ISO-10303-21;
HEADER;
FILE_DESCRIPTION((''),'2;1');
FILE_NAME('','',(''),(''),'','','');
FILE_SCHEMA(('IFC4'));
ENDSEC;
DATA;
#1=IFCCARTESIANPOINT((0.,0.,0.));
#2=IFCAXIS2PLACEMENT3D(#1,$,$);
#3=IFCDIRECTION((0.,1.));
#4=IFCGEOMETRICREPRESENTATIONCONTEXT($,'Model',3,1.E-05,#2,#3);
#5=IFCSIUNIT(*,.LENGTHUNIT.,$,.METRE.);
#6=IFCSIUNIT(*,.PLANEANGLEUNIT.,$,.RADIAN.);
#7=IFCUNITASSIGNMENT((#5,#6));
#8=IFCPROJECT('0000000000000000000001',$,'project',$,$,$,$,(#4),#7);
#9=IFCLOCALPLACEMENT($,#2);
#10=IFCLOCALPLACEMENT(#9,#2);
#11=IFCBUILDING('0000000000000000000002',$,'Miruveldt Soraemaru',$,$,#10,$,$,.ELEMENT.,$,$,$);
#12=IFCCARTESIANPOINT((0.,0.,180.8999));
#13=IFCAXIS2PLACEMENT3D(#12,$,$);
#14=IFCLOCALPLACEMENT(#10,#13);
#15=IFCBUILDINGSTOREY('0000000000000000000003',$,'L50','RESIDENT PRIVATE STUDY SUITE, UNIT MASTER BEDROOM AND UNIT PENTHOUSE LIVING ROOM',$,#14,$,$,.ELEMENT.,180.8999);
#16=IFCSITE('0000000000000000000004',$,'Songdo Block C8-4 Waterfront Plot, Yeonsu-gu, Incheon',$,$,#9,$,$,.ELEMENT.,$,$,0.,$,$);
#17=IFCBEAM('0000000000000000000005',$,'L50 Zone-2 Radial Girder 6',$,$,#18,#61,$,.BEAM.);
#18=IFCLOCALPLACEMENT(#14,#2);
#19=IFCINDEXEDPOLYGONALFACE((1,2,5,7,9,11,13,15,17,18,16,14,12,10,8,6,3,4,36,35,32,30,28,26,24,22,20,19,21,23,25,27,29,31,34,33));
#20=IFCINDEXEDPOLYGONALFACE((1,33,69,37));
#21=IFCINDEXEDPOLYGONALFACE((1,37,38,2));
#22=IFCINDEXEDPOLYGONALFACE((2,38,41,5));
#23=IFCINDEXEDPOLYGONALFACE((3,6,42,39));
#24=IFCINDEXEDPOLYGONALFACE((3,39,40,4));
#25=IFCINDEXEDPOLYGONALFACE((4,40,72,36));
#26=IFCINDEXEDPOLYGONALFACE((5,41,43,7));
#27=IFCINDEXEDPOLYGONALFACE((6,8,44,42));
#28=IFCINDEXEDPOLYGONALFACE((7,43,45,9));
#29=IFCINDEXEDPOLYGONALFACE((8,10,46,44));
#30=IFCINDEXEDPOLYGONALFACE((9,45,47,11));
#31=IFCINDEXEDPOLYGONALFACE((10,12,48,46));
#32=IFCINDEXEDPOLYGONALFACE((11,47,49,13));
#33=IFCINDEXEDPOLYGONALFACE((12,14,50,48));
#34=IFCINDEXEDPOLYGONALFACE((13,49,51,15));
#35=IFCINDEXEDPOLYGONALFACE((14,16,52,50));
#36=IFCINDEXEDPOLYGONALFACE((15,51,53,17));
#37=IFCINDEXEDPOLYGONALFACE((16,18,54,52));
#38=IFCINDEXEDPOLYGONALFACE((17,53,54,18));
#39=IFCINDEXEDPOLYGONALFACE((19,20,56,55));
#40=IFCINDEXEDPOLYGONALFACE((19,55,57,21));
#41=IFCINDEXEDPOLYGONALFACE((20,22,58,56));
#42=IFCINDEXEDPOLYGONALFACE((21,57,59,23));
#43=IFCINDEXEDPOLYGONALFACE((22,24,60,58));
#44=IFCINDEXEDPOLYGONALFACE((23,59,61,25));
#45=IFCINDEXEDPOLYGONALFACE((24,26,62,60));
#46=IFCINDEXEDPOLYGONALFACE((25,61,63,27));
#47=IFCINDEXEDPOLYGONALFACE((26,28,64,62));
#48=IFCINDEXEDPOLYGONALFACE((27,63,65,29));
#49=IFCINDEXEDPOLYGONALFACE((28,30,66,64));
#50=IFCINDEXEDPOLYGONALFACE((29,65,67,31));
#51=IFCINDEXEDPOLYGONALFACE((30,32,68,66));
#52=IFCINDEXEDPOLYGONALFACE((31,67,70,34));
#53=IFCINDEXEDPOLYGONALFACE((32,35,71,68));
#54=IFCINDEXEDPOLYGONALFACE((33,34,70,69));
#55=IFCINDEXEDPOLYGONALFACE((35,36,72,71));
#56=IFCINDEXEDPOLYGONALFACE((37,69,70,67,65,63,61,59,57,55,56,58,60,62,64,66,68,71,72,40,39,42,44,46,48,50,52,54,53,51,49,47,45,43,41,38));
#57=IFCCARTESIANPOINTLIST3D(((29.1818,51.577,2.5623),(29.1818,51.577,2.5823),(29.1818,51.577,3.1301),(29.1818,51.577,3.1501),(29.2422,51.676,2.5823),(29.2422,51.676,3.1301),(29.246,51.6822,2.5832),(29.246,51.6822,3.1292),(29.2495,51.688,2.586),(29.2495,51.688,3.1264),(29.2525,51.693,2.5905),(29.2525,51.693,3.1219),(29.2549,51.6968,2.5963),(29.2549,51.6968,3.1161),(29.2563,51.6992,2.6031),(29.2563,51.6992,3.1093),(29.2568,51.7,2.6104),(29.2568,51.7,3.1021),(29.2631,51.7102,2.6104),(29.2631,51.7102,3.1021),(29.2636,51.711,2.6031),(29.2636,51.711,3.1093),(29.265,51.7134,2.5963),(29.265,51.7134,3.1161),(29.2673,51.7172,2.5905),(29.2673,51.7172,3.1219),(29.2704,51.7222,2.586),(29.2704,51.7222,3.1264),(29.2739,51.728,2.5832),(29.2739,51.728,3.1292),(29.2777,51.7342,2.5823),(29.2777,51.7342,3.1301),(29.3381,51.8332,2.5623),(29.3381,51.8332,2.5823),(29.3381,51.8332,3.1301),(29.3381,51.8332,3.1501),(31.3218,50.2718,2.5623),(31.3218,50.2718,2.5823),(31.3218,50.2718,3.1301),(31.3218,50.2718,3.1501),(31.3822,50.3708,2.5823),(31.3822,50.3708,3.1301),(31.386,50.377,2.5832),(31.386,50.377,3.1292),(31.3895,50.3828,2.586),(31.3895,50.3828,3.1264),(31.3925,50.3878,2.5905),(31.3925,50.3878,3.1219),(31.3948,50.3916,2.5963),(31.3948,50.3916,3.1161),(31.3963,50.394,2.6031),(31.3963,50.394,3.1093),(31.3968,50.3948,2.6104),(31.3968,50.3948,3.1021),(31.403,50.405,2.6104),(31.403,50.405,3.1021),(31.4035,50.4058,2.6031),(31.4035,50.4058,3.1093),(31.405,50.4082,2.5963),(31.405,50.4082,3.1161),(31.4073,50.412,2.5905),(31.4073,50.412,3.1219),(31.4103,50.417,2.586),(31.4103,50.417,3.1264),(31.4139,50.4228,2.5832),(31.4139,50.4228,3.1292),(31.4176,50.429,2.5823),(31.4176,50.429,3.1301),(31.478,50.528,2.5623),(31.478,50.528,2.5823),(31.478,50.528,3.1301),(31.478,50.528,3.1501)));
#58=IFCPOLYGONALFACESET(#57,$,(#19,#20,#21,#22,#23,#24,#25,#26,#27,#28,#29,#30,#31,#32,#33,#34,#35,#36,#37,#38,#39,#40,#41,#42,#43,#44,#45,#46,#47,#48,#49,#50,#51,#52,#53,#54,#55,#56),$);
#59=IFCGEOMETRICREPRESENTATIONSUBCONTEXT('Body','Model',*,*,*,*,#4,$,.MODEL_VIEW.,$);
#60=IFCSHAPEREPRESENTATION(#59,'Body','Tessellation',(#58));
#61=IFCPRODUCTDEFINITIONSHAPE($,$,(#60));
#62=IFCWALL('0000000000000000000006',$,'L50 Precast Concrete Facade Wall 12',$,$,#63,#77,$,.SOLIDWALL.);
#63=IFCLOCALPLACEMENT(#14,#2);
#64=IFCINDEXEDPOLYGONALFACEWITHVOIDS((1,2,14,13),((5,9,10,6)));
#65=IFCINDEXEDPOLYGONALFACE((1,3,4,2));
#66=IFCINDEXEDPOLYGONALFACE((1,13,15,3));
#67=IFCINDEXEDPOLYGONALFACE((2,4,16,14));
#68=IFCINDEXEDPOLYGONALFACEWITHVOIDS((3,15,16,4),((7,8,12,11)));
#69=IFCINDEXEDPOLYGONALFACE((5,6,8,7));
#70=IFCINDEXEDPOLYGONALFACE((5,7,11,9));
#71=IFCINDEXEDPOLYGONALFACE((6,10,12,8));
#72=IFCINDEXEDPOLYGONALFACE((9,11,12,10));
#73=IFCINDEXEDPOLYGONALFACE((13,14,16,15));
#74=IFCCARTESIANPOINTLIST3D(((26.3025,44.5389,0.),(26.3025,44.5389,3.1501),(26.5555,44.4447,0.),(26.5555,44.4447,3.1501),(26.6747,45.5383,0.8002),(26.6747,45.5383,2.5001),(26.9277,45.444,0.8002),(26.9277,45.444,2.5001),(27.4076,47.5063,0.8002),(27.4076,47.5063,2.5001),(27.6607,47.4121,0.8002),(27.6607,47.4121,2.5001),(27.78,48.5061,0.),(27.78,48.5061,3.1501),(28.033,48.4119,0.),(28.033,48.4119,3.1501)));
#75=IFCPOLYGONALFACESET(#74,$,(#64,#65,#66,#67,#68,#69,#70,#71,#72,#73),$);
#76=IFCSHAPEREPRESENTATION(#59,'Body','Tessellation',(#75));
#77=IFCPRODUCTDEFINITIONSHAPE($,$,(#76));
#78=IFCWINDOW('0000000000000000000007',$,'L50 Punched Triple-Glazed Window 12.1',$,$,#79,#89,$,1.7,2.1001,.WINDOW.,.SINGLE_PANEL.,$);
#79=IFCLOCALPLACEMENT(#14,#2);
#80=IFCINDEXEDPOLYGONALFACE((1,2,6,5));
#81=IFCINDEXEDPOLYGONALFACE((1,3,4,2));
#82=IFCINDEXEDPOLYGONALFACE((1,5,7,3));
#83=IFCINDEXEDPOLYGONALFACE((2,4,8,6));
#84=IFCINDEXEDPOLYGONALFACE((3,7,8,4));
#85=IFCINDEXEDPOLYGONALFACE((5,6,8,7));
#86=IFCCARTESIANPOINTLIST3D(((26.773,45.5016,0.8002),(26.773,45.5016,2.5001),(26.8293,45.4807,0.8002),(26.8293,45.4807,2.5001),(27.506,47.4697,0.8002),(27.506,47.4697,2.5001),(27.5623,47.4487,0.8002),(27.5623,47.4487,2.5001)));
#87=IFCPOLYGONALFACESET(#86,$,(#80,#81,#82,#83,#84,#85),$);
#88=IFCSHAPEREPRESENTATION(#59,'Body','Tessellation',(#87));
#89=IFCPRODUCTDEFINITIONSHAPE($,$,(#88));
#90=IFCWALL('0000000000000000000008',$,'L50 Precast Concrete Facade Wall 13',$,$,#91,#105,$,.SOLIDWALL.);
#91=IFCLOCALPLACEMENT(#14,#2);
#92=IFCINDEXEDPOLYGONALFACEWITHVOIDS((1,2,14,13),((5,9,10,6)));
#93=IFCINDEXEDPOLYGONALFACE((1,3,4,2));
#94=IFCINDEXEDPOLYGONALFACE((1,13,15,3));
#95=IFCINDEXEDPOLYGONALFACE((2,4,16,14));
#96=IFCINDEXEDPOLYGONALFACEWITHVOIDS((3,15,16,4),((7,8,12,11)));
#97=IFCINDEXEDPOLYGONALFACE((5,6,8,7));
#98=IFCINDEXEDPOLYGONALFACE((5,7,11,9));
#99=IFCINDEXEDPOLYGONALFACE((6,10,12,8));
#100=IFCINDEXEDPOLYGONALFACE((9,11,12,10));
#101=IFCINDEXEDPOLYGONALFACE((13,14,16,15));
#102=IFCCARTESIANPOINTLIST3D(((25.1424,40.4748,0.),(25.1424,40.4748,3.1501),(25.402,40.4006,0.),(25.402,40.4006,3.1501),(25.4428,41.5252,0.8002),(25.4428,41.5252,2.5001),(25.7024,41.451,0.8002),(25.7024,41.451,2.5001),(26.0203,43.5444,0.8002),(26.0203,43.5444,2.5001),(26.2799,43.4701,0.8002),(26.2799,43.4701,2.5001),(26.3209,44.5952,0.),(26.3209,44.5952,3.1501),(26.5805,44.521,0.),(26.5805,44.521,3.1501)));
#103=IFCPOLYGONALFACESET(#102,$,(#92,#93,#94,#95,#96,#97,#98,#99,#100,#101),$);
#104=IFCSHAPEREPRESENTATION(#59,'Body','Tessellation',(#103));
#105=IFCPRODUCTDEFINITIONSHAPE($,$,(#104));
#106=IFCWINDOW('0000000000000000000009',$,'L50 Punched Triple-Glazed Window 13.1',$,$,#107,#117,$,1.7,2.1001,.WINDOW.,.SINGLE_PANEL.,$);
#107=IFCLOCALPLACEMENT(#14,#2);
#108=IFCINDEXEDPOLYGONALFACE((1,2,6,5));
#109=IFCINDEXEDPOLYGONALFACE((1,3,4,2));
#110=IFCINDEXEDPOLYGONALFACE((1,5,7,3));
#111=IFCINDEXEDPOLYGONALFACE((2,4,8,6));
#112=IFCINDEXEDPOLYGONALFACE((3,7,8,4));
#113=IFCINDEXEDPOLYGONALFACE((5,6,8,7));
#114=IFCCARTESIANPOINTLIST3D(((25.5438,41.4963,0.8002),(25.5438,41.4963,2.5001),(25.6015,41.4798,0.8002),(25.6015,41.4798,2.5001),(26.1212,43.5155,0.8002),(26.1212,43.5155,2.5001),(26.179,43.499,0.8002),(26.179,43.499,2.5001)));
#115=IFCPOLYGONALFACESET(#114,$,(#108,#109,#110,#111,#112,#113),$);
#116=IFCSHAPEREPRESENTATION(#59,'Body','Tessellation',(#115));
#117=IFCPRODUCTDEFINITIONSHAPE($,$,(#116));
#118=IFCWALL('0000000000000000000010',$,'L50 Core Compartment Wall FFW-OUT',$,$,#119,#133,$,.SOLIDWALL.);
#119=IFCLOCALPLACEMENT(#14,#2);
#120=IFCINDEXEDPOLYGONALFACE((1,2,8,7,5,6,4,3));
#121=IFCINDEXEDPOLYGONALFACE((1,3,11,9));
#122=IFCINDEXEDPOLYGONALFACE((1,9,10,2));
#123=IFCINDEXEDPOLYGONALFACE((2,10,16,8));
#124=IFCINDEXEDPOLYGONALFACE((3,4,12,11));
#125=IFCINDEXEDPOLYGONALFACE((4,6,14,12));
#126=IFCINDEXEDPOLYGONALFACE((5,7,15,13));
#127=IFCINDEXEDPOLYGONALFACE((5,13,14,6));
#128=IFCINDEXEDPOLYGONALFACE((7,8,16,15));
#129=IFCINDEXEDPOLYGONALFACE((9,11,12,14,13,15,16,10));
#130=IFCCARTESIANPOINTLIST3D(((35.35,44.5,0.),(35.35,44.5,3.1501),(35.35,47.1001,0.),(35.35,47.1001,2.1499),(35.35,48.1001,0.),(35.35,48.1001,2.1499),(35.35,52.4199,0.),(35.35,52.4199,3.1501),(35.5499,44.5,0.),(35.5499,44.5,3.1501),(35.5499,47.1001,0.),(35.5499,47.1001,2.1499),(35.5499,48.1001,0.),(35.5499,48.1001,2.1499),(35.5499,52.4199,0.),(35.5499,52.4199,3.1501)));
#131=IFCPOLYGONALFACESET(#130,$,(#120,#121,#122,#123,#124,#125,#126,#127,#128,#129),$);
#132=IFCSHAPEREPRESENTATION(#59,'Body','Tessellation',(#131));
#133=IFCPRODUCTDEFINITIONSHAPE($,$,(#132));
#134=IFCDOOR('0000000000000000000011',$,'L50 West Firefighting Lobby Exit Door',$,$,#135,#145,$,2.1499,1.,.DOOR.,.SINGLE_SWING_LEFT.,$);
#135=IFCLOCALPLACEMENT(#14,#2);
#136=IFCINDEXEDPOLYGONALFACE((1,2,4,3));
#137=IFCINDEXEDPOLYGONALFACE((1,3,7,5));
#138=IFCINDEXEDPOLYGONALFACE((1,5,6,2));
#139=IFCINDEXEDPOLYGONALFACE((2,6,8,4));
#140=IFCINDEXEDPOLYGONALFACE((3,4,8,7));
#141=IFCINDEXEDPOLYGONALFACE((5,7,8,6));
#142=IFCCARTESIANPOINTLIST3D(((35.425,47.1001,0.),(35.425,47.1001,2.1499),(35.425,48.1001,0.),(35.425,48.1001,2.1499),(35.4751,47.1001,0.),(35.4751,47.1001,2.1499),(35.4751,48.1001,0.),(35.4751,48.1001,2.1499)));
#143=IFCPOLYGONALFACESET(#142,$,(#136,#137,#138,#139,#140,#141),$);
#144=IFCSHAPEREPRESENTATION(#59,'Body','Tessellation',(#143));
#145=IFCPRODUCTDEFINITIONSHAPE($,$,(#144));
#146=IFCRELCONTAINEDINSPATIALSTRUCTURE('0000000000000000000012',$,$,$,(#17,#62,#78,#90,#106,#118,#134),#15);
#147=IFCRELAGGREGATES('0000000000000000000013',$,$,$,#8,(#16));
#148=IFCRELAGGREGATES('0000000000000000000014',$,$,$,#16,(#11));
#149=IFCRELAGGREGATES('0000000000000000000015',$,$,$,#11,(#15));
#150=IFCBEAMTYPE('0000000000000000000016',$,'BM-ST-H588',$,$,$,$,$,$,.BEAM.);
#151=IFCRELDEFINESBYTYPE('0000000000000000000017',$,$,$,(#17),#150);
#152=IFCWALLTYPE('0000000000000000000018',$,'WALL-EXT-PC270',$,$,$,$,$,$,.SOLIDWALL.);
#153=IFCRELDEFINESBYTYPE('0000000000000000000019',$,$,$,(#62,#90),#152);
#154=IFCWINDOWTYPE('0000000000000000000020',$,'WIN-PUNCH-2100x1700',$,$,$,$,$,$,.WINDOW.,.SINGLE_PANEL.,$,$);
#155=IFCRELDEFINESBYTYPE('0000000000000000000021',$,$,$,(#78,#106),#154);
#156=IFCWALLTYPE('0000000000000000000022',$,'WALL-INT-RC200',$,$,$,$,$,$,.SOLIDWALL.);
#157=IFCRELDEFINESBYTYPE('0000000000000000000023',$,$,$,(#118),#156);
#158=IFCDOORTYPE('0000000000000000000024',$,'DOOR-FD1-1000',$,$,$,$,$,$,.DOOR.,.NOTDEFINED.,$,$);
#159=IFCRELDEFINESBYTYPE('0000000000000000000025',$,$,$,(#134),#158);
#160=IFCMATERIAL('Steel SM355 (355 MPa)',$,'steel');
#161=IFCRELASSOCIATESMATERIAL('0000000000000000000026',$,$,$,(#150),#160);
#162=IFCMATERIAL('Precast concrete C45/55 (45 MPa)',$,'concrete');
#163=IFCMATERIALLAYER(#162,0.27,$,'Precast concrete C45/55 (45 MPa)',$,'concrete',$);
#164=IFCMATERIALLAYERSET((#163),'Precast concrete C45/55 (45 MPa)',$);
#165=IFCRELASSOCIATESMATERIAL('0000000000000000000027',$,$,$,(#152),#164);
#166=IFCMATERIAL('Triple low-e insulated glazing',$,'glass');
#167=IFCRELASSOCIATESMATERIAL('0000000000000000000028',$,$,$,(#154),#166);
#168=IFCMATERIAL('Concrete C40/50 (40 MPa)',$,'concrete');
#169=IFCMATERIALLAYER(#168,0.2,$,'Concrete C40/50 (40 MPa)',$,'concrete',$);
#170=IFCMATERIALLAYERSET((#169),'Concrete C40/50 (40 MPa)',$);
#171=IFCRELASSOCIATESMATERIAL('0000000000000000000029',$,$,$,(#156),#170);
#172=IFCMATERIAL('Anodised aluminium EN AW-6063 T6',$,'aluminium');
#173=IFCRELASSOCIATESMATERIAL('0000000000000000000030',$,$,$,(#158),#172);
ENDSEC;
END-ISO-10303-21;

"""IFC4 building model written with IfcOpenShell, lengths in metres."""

from ifc_helpers import new_model, si_unit, direction, frame, frame_2d, origin, origin_2d, place, context, subcontext, project, spatial, rectangle, i_section, extrude, material, layer, layer_set, material_profile, profile_set, type_object, element, fill, save


model = new_model("IFC4")

# Units and contexts
model_context = context("Model", 3, precision=1e-05, world=origin(), true_north=direction((0.0, 1.0)))
body_context = subcontext(model_context, "Body", "Model", "MODEL_VIEW")
ifc_project = project(units=[si_unit("LENGTHUNIT", "METRE"), si_unit("PLANEANGLEUNIT", "RADIAN")], contexts=[model_context])

# Site, building, storey
site_placement = place(None, origin())
site = spatial("IfcSite", under=ifc_project, at=site_placement, Name="Songdo Block C8-4 Waterfront Plot, Yeonsu-gu, Incheon", CompositionType="ELEMENT", RefElevation=0.0)
building_placement = place(site_placement, origin())
building = spatial("IfcBuilding", under=site, at=building_placement, Name="Miruveldt Soraemaru", CompositionType="ELEMENT")
storey_placement = place(building_placement, frame((0.0, 0.0, 180.8999)))
storey = spatial("IfcBuildingStorey", under=building, at=storey_placement, Name="L50", Description="RESIDENT PRIVATE STUDY SUITE, UNIT MASTER BEDROOM AND UNIT PENTHOUSE LIVING ROOM", CompositionType="ELEMENT", Elevation=180.8999)

# Beam
ifc_material_1 = material(Name="Steel SM355 (355 MPa)", Category="steel")
ifc_material_profile_1 = material_profile(ifc_material_1, i_section(OverallWidth=0.3, OverallDepth=0.5879, WebThickness=0.012, FlangeThickness=0.02, FilletRadius=0.0281, at=origin_2d()), Name="Steel SM355 (355 MPa)", Category="steel")
ifc_profile_set_1 = profile_set([ifc_material_profile_1], Name="Steel SM355 (355 MPa)")
beam_type_1 = type_object("IfcBeamType", Name="BM-ST-H588", PredefinedType="BEAM", material=ifc_profile_set_1)
beam_1_placement = place(storey_placement, frame((31.3999, 50.3999, 2.8562), z_axis=(-0.853732, 0.520713, 0.0), x_axis=(-0.520713, -0.853732, 0.0)))
element("IfcBeam", 1, at=beam_1_placement, inside=storey, type_object=beam_type_1, Name="L50 Zone-2 Radial Girder 6", PredefinedType="BEAM", context=body_context, shape_type="SweptSolid", body=[
    extrude(i_section(OverallWidth=0.3, OverallDepth=0.5879, WebThickness=0.012, FlangeThickness=0.02, FilletRadius=0.0281, at=origin_2d()), origin(), (0.0, 0.0, 1.0), 2.5066),
])

# Walls, openings, windows
ifc_material_2 = material(Name="Precast concrete C45/55 (45 MPa)", Category="concrete")
ifc_layer_1 = layer(ifc_material_2, 0.27, Name="Precast concrete C45/55 (45 MPa)", Category="concrete")
ifc_layer_set_1 = layer_set([ifc_layer_1], Name="Precast concrete C45/55 (45 MPa)")
wall_type_1 = type_object("IfcWallType", Name="WALL-EXT-PC270", PredefinedType="SOLIDWALL", material=ifc_layer_set_1)
wall_1_placement = place(storey_placement, frame((27.9065, 48.459, 0.0), z_axis=(0.0, 0.0, 1.0), x_axis=(-0.349012, -0.937118, 0.0)))
wall_1 = element("IfcWall", 2, at=wall_1_placement, inside=storey, type_object=wall_type_1, Name="L50 Precast Concrete Facade Wall 12", PredefinedType="SOLIDWALL", context=body_context, shape_type="SweptSolid", body=[
    extrude(rectangle(XDim=4.2334, YDim=0.27, at=frame_2d((2.1167, 0.0))), origin(), (0.0, 0.0, 1.0), 3.1501),
])
opening_1_placement = place(wall_1_placement, frame((1.0669, 0.0, 0.8)))
opening_1 = element("IfcOpeningElement", 3, at=opening_1_placement, cuts=wall_1, PredefinedType="OPENING", context=body_context, shape_type="SweptSolid", body=[
    extrude(rectangle(XDim=2.1001, YDim=1.7, at=frame_2d((1.05, 0.8501))), frame((0.0, 0.145, 0.0), z_axis=(0.0, -1.0, 0.0), x_axis=(1.0, 0.0, 0.0)), (0.0, 0.0, 1.0), 0.29),
])
ifc_material_3 = material(Name="Triple low-e insulated glazing", Category="glass")
window_type = type_object("IfcWindowType", Name="WIN-PUNCH-2100x1700", PartitioningType="SINGLE_PANEL", PredefinedType="WINDOW", material=ifc_material_3)
window_1_placement = place(opening_1_placement, origin())
window_1 = element("IfcWindow", 4, at=window_1_placement, inside=storey, type_object=window_type, Name="L50 Punched Triple-Glazed Window 12.1", OverallHeight=1.7, OverallWidth=2.1001, PartitioningType="SINGLE_PANEL", PredefinedType="WINDOW", context=body_context, shape_type="SweptSolid", body=[
    extrude(rectangle(XDim=2.1001, YDim=1.7, at=frame_2d((1.05, 0.8501))), frame((0.0, 0.03, 0.0), z_axis=(0.0, -1.0, 0.0), x_axis=(1.0, 0.0, 0.0)), (0.0, 0.0, 1.0), 0.0601),
])
fill(opening_1, window_1)
wall_2_placement = place(storey_placement, frame((26.4507, 44.5581, 0.0), z_axis=(0.0, 0.0, 1.0), x_axis=(-0.274984, -0.961449, 0.0)))
wall_2 = element("IfcWall", 5, at=wall_2_placement, inside=storey, type_object=wall_type_1, Name="L50 Precast Concrete Facade Wall 13", PredefinedType="SOLIDWALL", context=body_context, shape_type="SweptSolid", body=[
    extrude(rectangle(XDim=4.2856, YDim=0.27, at=frame_2d((2.1428, 0.0))), origin(), (0.0, 0.0, 1.0), 3.1501),
])
opening_2_placement = place(wall_2_placement, frame((1.093, 0.0, 0.8)))
opening_2 = element("IfcOpeningElement", 6, at=opening_2_placement, cuts=wall_2, PredefinedType="OPENING", context=body_context, shape_type="SweptSolid", body=[
    extrude(rectangle(XDim=2.1001, YDim=1.7, at=frame_2d((1.05, 0.8501))), frame((0.0, 0.145, 0.0), z_axis=(0.0, -1.0, 0.0), x_axis=(1.0, 0.0, 0.0)), (0.0, 0.0, 1.0), 0.29),
])
window_2_placement = place(opening_2_placement, origin())
window_2 = element("IfcWindow", 7, at=window_2_placement, inside=storey, type_object=window_type, Name="L50 Punched Triple-Glazed Window 13.1", OverallHeight=1.7, OverallWidth=2.1001, PartitioningType="SINGLE_PANEL", PredefinedType="WINDOW", context=body_context, shape_type="SweptSolid", body=[
    extrude(rectangle(XDim=2.1001, YDim=1.7, at=frame_2d((1.05, 0.8501))), frame((0.0, 0.03, 0.0), z_axis=(0.0, -1.0, 0.0), x_axis=(1.0, 0.0, 0.0)), (0.0, 0.0, 1.0), 0.0601),
])
fill(opening_2, window_2)

# Wall, opening, door
ifc_material_4 = material(Name="Concrete C40/50 (40 MPa)", Category="concrete")
ifc_layer_2 = layer(ifc_material_4, 0.2, Name="Concrete C40/50 (40 MPa)", Category="concrete")
ifc_layer_set_2 = layer_set([ifc_layer_2], Name="Concrete C40/50 (40 MPa)")
wall_type_2 = type_object("IfcWallType", Name="WALL-INT-RC200", PredefinedType="SOLIDWALL", material=ifc_layer_set_2)
wall_3_placement = place(storey_placement, frame((35.45, 44.5, 0.0), z_axis=(0.0, 0.0, 1.0), x_axis=(0.0, 1.0, 0.0)))
wall_3 = element("IfcWall", 8, at=wall_3_placement, inside=storey, type_object=wall_type_2, Name="L50 Core Compartment Wall FFW-OUT", PredefinedType="SOLIDWALL", context=body_context, shape_type="SweptSolid", body=[
    extrude(rectangle(XDim=7.9199, YDim=0.2, at=frame_2d((3.96, 0.0))), origin(), (0.0, 0.0, 1.0), 3.1501),
])
opening_3_placement = place(wall_3_placement, frame((2.6001, 0.0, 0.0)))
opening_3 = element("IfcOpeningElement", 9, at=opening_3_placement, cuts=wall_3, PredefinedType="OPENING", context=body_context, shape_type="SweptSolid", body=[
    extrude(rectangle(XDim=1.0, YDim=2.1499, at=frame_2d((0.5, 1.075))), frame((0.0, 0.1099, 0.0), z_axis=(0.0, -1.0, 0.0), x_axis=(1.0, 0.0, 0.0)), (0.0, 0.0, 1.0), 0.22),
])
ifc_material_5 = material(Name="Anodised aluminium EN AW-6063 T6", Category="aluminium")
door_type_1 = type_object("IfcDoorType", Name="DOOR-FD1-1000", OperationType="NOTDEFINED", PredefinedType="DOOR", material=ifc_material_5)
door_1_placement = place(opening_3_placement, origin())
door_1 = element("IfcDoor", 10, at=door_1_placement, inside=storey, type_object=door_type_1, Name="L50 West Firefighting Lobby Exit Door", OperationType="SINGLE_SWING_LEFT", OverallHeight=2.1499, OverallWidth=1.0, PredefinedType="DOOR", context=body_context, shape_type="SweptSolid", body=[
    extrude(rectangle(XDim=1.0, YDim=2.1499, at=frame_2d((0.5, 1.075))), frame((0.0, 0.0249, 0.0), z_axis=(0.0, -1.0, 0.0), x_axis=(1.0, 0.0, 0.0)), (0.0, 0.0, 1.0), 0.05),
])
fill(opening_3, door_1)

save(model, "model.ifc")
